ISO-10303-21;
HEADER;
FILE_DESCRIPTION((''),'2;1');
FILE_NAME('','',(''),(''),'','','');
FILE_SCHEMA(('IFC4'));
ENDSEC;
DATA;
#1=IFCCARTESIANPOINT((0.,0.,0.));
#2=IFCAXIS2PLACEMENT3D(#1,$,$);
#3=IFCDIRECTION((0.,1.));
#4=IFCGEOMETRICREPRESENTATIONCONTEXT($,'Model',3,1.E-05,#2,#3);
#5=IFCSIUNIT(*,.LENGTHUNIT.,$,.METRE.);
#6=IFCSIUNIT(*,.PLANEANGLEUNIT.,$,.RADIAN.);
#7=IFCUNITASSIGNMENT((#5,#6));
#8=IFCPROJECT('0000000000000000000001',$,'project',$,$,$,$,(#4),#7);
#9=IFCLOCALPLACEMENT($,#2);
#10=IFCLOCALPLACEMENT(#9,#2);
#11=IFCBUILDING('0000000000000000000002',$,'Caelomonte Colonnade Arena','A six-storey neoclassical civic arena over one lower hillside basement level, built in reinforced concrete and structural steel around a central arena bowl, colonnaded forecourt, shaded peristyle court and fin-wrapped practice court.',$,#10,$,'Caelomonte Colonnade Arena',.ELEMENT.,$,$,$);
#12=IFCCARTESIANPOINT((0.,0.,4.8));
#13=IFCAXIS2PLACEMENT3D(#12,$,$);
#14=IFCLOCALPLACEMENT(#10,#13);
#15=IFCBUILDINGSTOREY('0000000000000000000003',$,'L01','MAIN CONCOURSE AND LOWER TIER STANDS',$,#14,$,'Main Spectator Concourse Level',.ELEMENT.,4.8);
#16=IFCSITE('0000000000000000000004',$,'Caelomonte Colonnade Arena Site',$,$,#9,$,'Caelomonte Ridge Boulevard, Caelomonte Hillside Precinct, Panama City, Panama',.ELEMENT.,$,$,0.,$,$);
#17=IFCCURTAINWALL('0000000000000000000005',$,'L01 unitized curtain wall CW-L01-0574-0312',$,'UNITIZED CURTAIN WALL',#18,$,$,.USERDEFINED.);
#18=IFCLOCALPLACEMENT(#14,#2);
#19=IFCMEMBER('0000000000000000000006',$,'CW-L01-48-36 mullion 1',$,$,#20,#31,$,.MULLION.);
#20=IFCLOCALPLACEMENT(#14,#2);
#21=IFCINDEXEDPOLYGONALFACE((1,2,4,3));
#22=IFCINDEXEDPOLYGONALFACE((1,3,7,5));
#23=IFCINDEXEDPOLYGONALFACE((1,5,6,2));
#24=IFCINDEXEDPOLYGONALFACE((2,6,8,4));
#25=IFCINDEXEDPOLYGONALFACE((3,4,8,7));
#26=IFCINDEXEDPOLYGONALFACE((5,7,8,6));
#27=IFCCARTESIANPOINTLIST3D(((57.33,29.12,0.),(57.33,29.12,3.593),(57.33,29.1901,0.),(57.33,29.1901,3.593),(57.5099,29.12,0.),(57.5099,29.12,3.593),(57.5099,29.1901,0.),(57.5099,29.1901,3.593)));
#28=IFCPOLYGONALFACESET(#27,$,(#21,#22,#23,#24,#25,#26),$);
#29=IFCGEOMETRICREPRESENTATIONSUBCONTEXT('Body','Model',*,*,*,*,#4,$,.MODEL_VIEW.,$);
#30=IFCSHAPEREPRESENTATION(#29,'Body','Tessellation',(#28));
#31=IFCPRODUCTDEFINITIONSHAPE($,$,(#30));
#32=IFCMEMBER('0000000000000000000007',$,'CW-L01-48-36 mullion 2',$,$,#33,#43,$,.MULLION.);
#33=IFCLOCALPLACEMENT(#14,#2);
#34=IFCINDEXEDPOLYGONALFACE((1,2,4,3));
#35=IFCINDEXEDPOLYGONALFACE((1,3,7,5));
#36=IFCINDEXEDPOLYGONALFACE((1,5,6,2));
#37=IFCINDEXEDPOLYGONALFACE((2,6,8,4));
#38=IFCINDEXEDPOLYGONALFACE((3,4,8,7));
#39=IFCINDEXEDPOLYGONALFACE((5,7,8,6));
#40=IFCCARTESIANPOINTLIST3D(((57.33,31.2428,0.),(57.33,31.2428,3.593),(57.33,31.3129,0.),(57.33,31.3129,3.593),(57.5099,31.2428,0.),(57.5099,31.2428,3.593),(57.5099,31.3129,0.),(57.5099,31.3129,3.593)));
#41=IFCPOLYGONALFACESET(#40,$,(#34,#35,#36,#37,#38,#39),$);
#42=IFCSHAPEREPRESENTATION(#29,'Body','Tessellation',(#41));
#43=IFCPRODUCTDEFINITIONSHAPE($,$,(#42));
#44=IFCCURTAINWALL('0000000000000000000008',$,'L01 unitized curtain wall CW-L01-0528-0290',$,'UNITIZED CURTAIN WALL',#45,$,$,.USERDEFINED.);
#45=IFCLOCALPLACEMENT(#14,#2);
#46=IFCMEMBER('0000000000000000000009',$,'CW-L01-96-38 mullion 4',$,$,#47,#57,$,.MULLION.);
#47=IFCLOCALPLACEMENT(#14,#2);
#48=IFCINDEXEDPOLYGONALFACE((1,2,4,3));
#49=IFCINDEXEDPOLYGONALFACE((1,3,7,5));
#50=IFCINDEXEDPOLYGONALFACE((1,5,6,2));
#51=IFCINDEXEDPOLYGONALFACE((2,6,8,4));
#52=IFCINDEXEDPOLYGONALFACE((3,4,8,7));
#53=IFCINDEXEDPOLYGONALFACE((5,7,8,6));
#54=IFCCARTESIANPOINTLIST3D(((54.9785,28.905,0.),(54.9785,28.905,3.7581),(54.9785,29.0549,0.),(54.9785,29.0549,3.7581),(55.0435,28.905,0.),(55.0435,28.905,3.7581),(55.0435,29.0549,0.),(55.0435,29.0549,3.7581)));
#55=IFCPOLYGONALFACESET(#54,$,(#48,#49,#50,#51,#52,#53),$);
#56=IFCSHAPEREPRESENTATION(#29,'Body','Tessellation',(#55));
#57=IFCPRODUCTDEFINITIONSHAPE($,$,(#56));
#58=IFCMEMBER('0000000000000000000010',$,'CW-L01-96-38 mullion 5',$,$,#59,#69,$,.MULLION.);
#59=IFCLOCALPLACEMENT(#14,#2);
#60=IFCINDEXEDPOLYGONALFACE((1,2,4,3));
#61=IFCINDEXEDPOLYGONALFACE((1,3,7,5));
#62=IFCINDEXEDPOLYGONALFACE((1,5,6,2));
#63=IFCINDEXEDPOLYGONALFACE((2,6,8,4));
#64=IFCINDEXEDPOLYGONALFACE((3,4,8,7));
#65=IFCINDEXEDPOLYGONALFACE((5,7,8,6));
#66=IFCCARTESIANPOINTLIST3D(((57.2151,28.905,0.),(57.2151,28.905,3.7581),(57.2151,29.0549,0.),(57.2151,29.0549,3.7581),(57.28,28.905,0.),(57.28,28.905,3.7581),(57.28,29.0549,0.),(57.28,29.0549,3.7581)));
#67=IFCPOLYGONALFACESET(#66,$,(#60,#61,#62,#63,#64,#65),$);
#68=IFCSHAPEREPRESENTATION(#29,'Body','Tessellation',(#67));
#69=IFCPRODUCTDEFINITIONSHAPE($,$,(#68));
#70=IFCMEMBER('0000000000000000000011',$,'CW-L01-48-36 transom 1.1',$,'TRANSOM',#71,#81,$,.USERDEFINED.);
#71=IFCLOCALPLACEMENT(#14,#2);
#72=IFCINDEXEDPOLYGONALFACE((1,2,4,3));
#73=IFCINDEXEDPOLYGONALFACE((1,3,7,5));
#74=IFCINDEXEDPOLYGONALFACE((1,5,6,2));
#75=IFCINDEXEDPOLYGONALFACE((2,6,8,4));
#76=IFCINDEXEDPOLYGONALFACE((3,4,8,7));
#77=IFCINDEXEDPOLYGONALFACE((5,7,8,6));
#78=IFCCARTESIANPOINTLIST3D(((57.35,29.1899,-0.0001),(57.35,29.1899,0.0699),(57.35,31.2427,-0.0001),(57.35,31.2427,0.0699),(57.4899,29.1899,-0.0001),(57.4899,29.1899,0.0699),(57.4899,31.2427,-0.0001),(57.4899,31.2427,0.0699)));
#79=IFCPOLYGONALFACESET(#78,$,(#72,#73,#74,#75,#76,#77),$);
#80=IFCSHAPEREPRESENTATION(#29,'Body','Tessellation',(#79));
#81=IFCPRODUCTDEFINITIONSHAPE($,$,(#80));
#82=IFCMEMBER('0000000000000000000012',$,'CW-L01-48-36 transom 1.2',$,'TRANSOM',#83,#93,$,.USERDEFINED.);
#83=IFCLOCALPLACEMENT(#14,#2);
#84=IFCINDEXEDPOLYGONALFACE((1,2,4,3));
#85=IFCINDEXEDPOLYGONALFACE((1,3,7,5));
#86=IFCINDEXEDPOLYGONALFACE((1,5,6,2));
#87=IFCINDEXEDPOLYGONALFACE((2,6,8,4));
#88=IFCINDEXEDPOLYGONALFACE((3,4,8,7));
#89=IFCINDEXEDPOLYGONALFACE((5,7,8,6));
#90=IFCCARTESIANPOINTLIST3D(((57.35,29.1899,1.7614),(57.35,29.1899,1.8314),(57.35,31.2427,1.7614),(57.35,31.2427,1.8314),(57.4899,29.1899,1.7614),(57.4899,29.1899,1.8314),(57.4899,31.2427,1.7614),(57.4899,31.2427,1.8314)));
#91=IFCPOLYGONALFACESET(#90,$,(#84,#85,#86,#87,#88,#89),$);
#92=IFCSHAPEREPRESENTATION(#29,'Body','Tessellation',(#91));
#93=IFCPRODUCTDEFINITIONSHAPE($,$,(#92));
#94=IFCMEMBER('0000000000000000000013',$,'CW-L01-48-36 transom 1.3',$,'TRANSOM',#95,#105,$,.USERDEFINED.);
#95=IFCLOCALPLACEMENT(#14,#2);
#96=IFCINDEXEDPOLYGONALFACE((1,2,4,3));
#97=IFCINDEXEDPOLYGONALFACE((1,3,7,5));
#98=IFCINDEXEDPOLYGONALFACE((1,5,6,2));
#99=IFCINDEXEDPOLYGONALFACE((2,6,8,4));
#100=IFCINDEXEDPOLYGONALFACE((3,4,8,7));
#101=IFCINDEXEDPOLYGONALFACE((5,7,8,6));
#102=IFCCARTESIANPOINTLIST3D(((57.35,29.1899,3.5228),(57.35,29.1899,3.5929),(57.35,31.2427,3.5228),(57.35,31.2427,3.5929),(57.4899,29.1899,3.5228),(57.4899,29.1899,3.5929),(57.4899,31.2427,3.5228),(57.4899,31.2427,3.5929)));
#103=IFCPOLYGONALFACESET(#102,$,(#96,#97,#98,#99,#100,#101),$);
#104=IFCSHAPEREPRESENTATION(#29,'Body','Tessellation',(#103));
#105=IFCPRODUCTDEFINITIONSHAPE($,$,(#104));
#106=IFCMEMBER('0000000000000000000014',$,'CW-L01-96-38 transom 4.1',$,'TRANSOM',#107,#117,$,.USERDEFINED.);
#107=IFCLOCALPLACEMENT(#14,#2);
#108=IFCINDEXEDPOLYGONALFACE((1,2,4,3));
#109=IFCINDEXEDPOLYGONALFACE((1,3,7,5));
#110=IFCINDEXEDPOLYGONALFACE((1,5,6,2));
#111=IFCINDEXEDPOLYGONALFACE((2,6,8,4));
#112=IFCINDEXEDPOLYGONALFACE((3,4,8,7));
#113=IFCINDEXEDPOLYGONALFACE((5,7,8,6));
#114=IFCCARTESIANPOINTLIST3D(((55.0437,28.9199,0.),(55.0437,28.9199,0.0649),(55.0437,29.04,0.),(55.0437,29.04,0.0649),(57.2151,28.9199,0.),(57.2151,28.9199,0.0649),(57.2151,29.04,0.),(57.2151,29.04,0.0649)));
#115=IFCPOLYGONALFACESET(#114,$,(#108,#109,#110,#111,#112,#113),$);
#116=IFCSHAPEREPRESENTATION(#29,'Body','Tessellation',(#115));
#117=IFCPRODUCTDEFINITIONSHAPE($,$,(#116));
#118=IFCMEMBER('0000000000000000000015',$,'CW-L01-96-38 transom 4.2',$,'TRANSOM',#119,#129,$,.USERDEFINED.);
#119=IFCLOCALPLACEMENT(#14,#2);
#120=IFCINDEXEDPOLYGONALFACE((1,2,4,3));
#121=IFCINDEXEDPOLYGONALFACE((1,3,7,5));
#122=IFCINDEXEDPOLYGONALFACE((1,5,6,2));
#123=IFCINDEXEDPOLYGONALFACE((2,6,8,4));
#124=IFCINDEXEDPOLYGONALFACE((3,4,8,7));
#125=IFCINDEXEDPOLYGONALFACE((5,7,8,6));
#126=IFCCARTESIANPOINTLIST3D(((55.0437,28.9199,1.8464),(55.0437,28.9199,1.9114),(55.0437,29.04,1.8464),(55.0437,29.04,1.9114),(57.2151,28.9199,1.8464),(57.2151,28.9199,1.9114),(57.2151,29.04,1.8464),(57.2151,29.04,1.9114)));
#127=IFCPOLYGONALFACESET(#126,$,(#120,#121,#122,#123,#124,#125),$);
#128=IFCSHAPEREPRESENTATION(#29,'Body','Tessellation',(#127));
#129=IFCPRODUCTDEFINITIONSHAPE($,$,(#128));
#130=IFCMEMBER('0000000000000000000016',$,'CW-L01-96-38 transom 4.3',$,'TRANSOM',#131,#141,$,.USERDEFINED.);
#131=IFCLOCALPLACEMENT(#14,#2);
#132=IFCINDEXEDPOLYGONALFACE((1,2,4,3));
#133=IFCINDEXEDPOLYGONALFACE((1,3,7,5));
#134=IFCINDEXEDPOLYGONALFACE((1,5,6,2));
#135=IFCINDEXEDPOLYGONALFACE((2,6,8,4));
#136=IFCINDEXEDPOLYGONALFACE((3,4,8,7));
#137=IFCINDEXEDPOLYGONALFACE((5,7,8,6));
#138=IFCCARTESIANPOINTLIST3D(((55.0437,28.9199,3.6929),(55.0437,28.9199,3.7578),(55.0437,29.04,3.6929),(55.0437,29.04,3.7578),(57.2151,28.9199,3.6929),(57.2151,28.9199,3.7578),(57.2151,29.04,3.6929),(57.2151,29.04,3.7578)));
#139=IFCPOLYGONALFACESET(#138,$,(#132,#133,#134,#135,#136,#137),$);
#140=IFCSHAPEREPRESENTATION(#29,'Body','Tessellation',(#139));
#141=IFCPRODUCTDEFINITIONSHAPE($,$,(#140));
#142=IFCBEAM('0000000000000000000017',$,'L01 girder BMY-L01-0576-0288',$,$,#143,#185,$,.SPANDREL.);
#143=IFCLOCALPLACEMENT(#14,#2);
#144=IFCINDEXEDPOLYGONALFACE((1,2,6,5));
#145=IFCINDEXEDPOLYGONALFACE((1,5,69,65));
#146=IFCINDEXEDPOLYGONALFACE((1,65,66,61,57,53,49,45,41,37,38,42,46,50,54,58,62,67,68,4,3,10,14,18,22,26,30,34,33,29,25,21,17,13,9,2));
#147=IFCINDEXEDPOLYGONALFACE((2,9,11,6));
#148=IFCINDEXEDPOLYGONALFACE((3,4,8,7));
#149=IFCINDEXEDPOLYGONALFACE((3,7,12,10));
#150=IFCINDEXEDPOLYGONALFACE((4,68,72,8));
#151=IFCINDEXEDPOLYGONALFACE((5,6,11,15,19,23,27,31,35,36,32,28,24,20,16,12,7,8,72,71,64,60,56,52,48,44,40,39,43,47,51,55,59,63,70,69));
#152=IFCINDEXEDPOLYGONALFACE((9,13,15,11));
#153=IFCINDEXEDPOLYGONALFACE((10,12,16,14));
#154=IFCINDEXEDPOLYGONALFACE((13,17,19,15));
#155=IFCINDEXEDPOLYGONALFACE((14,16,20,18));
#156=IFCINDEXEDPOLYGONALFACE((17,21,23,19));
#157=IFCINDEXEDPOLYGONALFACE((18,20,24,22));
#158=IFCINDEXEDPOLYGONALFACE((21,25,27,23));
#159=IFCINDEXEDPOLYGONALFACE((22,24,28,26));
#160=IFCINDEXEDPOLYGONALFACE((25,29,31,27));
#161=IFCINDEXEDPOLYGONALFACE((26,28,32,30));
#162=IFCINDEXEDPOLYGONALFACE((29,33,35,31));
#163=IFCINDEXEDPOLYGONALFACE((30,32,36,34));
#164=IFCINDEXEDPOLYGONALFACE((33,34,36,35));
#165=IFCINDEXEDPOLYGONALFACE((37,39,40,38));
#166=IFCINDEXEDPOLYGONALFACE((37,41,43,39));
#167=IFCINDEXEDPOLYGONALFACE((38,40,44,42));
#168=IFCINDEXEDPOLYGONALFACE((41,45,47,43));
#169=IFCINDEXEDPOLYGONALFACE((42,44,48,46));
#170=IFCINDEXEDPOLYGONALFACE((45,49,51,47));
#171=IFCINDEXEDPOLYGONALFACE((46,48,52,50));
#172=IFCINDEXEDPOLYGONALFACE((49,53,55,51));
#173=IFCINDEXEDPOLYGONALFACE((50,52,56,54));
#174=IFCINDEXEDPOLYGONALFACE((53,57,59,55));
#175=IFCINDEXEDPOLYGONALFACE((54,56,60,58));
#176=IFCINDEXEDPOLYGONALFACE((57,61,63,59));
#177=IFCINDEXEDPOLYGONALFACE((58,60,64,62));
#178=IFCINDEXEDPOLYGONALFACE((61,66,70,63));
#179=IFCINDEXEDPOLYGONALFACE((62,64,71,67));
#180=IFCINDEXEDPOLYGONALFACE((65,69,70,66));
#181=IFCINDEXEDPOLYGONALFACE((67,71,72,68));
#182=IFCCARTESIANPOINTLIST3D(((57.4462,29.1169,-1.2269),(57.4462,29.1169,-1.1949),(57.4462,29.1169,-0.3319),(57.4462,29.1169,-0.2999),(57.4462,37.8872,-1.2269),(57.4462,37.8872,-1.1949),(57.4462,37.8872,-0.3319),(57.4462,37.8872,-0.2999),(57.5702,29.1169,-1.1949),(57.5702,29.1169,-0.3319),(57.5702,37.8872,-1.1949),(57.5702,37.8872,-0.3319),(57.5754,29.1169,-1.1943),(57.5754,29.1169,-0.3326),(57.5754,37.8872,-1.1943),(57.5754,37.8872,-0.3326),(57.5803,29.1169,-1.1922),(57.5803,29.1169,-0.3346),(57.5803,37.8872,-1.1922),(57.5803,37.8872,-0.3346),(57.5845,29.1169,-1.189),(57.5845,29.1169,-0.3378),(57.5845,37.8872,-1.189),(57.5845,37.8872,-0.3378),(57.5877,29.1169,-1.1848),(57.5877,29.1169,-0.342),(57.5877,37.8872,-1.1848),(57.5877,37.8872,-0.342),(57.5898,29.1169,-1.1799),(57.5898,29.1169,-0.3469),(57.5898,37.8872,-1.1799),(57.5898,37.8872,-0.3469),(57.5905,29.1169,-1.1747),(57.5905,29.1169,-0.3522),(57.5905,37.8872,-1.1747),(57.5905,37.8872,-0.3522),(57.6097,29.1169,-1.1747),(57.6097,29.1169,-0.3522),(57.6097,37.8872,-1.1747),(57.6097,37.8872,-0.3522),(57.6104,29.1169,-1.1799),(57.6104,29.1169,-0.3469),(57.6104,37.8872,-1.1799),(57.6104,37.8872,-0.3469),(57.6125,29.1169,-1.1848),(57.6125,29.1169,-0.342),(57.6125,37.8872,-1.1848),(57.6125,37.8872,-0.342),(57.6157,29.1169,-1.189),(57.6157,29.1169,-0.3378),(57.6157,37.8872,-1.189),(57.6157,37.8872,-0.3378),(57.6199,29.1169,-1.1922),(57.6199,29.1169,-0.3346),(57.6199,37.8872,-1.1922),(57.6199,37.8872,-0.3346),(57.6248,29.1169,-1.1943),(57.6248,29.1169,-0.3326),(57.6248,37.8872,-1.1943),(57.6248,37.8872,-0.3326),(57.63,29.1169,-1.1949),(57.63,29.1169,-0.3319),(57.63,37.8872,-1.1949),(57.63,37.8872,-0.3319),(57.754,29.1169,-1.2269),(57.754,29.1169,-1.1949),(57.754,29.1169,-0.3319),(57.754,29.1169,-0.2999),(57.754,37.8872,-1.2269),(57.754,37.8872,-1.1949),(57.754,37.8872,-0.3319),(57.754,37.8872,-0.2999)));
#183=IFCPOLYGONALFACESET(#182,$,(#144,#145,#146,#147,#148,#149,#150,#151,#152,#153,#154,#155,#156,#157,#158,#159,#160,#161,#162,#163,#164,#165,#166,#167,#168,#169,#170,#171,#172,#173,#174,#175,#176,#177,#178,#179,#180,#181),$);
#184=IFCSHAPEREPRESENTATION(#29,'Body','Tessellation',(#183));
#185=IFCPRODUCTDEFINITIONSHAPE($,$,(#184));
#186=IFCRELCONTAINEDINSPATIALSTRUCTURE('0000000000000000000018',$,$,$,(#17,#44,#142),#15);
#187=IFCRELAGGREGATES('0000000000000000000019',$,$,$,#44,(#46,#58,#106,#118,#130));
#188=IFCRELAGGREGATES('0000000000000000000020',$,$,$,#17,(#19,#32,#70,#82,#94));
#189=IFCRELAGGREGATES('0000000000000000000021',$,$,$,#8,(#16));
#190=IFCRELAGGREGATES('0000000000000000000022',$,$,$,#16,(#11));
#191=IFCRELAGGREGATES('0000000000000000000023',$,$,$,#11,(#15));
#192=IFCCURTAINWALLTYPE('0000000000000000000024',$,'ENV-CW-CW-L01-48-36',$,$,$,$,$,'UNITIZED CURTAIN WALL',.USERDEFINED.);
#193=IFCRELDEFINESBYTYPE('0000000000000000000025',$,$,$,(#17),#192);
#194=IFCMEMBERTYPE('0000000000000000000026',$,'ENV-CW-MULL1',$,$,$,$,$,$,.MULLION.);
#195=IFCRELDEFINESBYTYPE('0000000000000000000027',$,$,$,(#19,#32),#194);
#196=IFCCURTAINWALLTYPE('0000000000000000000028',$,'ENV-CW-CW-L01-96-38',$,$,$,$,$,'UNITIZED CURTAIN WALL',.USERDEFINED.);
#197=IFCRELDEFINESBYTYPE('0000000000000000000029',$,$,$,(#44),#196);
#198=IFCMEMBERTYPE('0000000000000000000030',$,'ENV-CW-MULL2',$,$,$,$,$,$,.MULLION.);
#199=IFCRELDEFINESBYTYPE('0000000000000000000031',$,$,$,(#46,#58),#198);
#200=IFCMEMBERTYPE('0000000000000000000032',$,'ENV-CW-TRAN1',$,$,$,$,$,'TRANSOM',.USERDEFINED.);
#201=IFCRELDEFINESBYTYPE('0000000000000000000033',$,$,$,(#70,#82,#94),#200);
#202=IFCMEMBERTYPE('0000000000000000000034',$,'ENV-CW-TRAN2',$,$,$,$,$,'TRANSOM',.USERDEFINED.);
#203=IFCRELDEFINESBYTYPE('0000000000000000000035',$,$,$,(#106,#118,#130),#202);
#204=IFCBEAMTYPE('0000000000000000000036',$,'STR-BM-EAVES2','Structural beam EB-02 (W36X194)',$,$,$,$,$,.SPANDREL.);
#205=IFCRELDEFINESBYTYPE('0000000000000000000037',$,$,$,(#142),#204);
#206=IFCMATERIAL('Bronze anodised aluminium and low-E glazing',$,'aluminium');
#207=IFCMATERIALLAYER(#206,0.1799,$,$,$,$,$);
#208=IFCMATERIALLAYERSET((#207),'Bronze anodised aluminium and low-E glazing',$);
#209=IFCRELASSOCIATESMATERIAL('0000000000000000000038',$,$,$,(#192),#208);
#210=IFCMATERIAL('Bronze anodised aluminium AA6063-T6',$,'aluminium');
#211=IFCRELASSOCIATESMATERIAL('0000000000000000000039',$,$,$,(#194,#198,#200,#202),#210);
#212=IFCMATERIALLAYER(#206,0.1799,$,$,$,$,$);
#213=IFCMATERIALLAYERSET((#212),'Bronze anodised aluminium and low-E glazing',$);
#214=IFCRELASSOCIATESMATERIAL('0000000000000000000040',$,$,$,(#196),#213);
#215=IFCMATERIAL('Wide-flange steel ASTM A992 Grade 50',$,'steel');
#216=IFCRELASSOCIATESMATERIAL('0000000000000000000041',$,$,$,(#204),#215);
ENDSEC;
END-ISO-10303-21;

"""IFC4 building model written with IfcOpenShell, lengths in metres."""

from ifc_helpers import new_model, si_unit, direction, frame, origin, origin_2d, place, context, subcontext, project, spatial, rectangle, i_section, extrude, material, layer, layer_set, material_profile, profile_set, type_object, element, aggregate, save


model = new_model("IFC4")

# Units and contexts
model_context = context("Model", 3, precision=1e-05, world=origin(), true_north=direction((0.0, 1.0)))
body_context = subcontext(model_context, "Body", "Model", "MODEL_VIEW")
ifc_project = project(units=[si_unit("LENGTHUNIT", "METRE"), si_unit("PLANEANGLEUNIT", "RADIAN")], contexts=[model_context])

# Site, building, storey
site_placement = place(None, origin())
site = spatial("IfcSite", under=ifc_project, at=site_placement, Name="Caelomonte Colonnade Arena Site", LongName="Caelomonte Ridge Boulevard, Caelomonte Hillside Precinct, Panama City, Panama", CompositionType="ELEMENT", RefElevation=0.0)
building_placement = place(site_placement, origin())
building = spatial("IfcBuilding", under=site, at=building_placement, Name="Caelomonte Colonnade Arena", Description="A six-storey neoclassical civic arena over one lower hillside basement level, built in reinforced concrete and structural steel around a central arena bowl, colonnaded forecourt, shaded peristyle court and fin-wrapped practice court.", LongName="Caelomonte Colonnade Arena", CompositionType="ELEMENT")
storey_placement = place(building_placement, frame((0.0, 0.0, 4.8)))
storey = spatial("IfcBuildingStorey", under=building, at=storey_placement, Name="L01", Description="MAIN CONCOURSE AND LOWER TIER STANDS", LongName="Main Spectator Concourse Level", CompositionType="ELEMENT", Elevation=4.8)

# Curtain walls, members
ifc_material_1 = material(Name="Bronze anodised aluminium and low-E glazing", Category="aluminium")
ifc_layer_1 = layer(ifc_material_1, 0.1799)
ifc_layer_set_1 = layer_set([ifc_layer_1], Name="Bronze anodised aluminium and low-E glazing")
curtain_wall_type_1 = type_object("IfcCurtainWallType", Name="ENV-CW-CW-L01-48-36", ElementType="UNITIZED CURTAIN WALL", PredefinedType="USERDEFINED", material=ifc_layer_set_1)
curtain_wall_1_placement = place(storey_placement, origin())
curtain_wall_1 = element("IfcCurtainWall", 1, at=curtain_wall_1_placement, inside=storey, type_object=curtain_wall_type_1, Name="L01 unitized curtain wall CW-L01-0574-0312", ObjectType="UNITIZED CURTAIN WALL", PredefinedType="USERDEFINED")
ifc_material_2 = material(Name="Bronze anodised aluminium AA6063-T6", Category="aluminium")
ifc_material_profile_1 = material_profile(ifc_material_2, rectangle(XDim=0.0701, YDim=0.1799, at=origin_2d()), Name="CWM-70X180")
ifc_profile_set_1 = profile_set([ifc_material_profile_1], Name="Bronze anodised aluminium AA6063-T6")
member_type_1 = type_object("IfcMemberType", Name="ENV-CW-MULL1", PredefinedType="MULLION", material=ifc_profile_set_1)
member_1_placement = place(storey_placement, frame((57.4199, 29.155, 0.0), z_axis=(0.0, 0.0, 1.0), x_axis=(0.0, 1.0, 0.0)))
member_1 = element("IfcMember", 2, at=member_1_placement, type_object=member_type_1, Name="CW-L01-48-36 mullion 1", PredefinedType="MULLION", context=body_context, shape_type="SweptSolid", body=[
    extrude(rectangle(XDim=0.0701, YDim=0.1799, at=origin_2d()), origin(), (0.0, 0.0, 1.0), 3.593),
])
member_2_placement = place(storey_placement, frame((57.4199, 31.2778, 0.0), z_axis=(0.0, 0.0, 1.0), x_axis=(0.0, 1.0, 0.0)))
member_2 = element("IfcMember", 3, at=member_2_placement, type_object=member_type_1, Name="CW-L01-48-36 mullion 2", PredefinedType="MULLION", context=body_context, shape_type="SweptSolid", body=[
    extrude(rectangle(XDim=0.0701, YDim=0.1799, at=origin_2d()), origin(), (0.0, 0.0, 1.0), 3.593),
])
ifc_layer_2 = layer(ifc_material_1, 0.1799)
ifc_layer_set_2 = layer_set([ifc_layer_2], Name="Bronze anodised aluminium and low-E glazing")
curtain_wall_type_2 = type_object("IfcCurtainWallType", Name="ENV-CW-CW-L01-96-38", ElementType="UNITIZED CURTAIN WALL", PredefinedType="USERDEFINED", material=ifc_layer_set_2)
curtain_wall_2_placement = place(storey_placement, origin())
curtain_wall_2 = element("IfcCurtainWall", 4, at=curtain_wall_2_placement, inside=storey, type_object=curtain_wall_type_2, Name="L01 unitized curtain wall CW-L01-0528-0290", ObjectType="UNITIZED CURTAIN WALL", PredefinedType="USERDEFINED")
ifc_material_profile_2 = material_profile(ifc_material_2, rectangle(XDim=0.0649, YDim=0.1499, at=origin_2d()), Name="CWM-65X150")
ifc_profile_set_2 = profile_set([ifc_material_profile_2], Name="Bronze anodised aluminium AA6063-T6")
member_type_2 = type_object("IfcMemberType", Name="ENV-CW-MULL2", PredefinedType="MULLION", material=ifc_profile_set_2)
member_3_placement = place(storey_placement, frame((55.011, 28.98, 0.0), z_axis=(0.0, 0.0, 1.0), x_axis=(1.0, 0.0, 0.0)))
member_3 = element("IfcMember", 5, at=member_3_placement, type_object=member_type_2, Name="CW-L01-96-38 mullion 4", PredefinedType="MULLION", context=body_context, shape_type="SweptSolid", body=[
    extrude(rectangle(XDim=0.0649, YDim=0.1499, at=origin_2d()), origin(), (0.0, 0.0, 1.0), 3.7581),
])
member_4_placement = place(storey_placement, frame((57.2476, 28.98, 0.0), z_axis=(0.0, 0.0, 1.0), x_axis=(1.0, 0.0, 0.0)))
member_4 = element("IfcMember", 6, at=member_4_placement, type_object=member_type_2, Name="CW-L01-96-38 mullion 5", PredefinedType="MULLION", context=body_context, shape_type="SweptSolid", body=[
    extrude(rectangle(XDim=0.0649, YDim=0.1499, at=origin_2d()), origin(), (0.0, 0.0, 1.0), 3.7581),
])

# Members
ifc_material_profile_3 = material_profile(ifc_material_2, rectangle(XDim=0.0701, YDim=0.1399, at=origin_2d()), Name="CWT-70X140")
ifc_profile_set_3 = profile_set([ifc_material_profile_3], Name="Bronze anodised aluminium AA6063-T6")
member_type_3 = type_object("IfcMemberType", Name="ENV-CW-TRAN1", ElementType="TRANSOM", PredefinedType="USERDEFINED", material=ifc_profile_set_3)
member_5_placement = place(storey_placement, frame((57.4199, 29.1899, 0.0349), z_axis=(0.0, 1.0, 0.0), x_axis=(0.0, 0.0, 1.0)))
member_5 = element("IfcMember", 7, at=member_5_placement, type_object=member_type_3, Name="CW-L01-48-36 transom 1.1", ObjectType="TRANSOM", PredefinedType="USERDEFINED", context=body_context, shape_type="SweptSolid", body=[
    extrude(rectangle(XDim=0.0701, YDim=0.1399, at=origin_2d()), origin(), (0.0, 0.0, 1.0), 2.0527),
])
member_6_placement = place(storey_placement, frame((57.4199, 29.1899, 1.7964), z_axis=(0.0, 1.0, 0.0), x_axis=(0.0, 0.0, 1.0)))
member_6 = element("IfcMember", 8, at=member_6_placement, type_object=member_type_3, Name="CW-L01-48-36 transom 1.2", ObjectType="TRANSOM", PredefinedType="USERDEFINED", context=body_context, shape_type="SweptSolid", body=[
    extrude(rectangle(XDim=0.0701, YDim=0.1399, at=origin_2d()), origin(), (0.0, 0.0, 1.0), 2.0527),
])
member_7_placement = place(storey_placement, frame((57.4199, 29.1899, 3.5579), z_axis=(0.0, 1.0, 0.0), x_axis=(0.0, 0.0, 1.0)))
member_7 = element("IfcMember", 9, at=member_7_placement, type_object=member_type_3, Name="CW-L01-48-36 transom 1.3", ObjectType="TRANSOM", PredefinedType="USERDEFINED", context=body_context, shape_type="SweptSolid", body=[
    extrude(rectangle(XDim=0.0701, YDim=0.1399, at=origin_2d()), origin(), (0.0, 0.0, 1.0), 2.0527),
])
ifc_material_profile_4 = material_profile(ifc_material_2, rectangle(XDim=0.0649, YDim=0.1201, at=origin_2d()), Name="CWT-65X120")
ifc_profile_set_4 = profile_set([ifc_material_profile_4], Name="Bronze anodised aluminium AA6063-T6")
member_type_4 = type_object("IfcMemberType", Name="ENV-CW-TRAN2", ElementType="TRANSOM", PredefinedType="USERDEFINED", material=ifc_profile_set_4)
member_8_placement = place(storey_placement, frame((55.0437, 28.98, 0.0325), z_axis=(1.0, 0.0, 0.0), x_axis=(0.0, 0.0, 1.0)))
member_8 = element("IfcMember", 10, at=member_8_placement, type_object=member_type_4, Name="CW-L01-96-38 transom 4.1", ObjectType="TRANSOM", PredefinedType="USERDEFINED", context=body_context, shape_type="SweptSolid", body=[
    extrude(rectangle(XDim=0.0649, YDim=0.1201, at=origin_2d()), origin(), (0.0, 0.0, 1.0), 2.1714),
])
member_9_placement = place(storey_placement, frame((55.0437, 28.98, 1.8789), z_axis=(1.0, 0.0, 0.0), x_axis=(0.0, 0.0, 1.0)))
member_9 = element("IfcMember", 11, at=member_9_placement, type_object=member_type_4, Name="CW-L01-96-38 transom 4.2", ObjectType="TRANSOM", PredefinedType="USERDEFINED", context=body_context, shape_type="SweptSolid", body=[
    extrude(rectangle(XDim=0.0649, YDim=0.1201, at=origin_2d()), origin(), (0.0, 0.0, 1.0), 2.1714),
])
member_10_placement = place(storey_placement, frame((55.0437, 28.98, 3.7253), z_axis=(1.0, 0.0, 0.0), x_axis=(0.0, 0.0, 1.0)))
member_10 = element("IfcMember", 12, at=member_10_placement, type_object=member_type_4, Name="CW-L01-96-38 transom 4.3", ObjectType="TRANSOM", PredefinedType="USERDEFINED", context=body_context, shape_type="SweptSolid", body=[
    extrude(rectangle(XDim=0.0649, YDim=0.1201, at=origin_2d()), origin(), (0.0, 0.0, 1.0), 2.1714),
])

# Beam
ifc_material_3 = material(Name="Wide-flange steel ASTM A992 Grade 50", Category="steel")
ifc_material_profile_5 = material_profile(ifc_material_3, i_section(OverallWidth=0.3079, OverallDepth=0.927, WebThickness=0.0193, FlangeThickness=0.032, FilletRadius=0.0203, at=origin_2d()), Name="W36X194")
ifc_profile_set_5 = profile_set([ifc_material_profile_5], Name="Wide-flange steel ASTM A992 Grade 50")
beam_type = type_object("IfcBeamType", Name="STR-BM-EAVES2", Description="Structural beam EB-02 (W36X194)", PredefinedType="SPANDREL", material=ifc_profile_set_5)
beam_placement = place(storey_placement, frame((57.6001, 29.1169, -0.7634), z_axis=(0.0, 1.0, 0.0), x_axis=(-1.0, 0.0, 0.0)))
element("IfcBeam", 13, at=beam_placement, inside=storey, type_object=beam_type, Name="L01 girder BMY-L01-0576-0288", PredefinedType="SPANDREL", context=body_context, shape_type="SweptSolid", body=[
    extrude(i_section(OverallWidth=0.3079, OverallDepth=0.927, WebThickness=0.0193, FlangeThickness=0.032, FilletRadius=0.0203, at=origin_2d()), origin(), (0.0, 0.0, 1.0), 8.7703),
])

aggregate(curtain_wall_2, [member_3, member_4, member_8, member_9, member_10])
aggregate(curtain_wall_1, [member_1, member_2, member_5, member_6, member_7])

save(model, "model.ifc")
